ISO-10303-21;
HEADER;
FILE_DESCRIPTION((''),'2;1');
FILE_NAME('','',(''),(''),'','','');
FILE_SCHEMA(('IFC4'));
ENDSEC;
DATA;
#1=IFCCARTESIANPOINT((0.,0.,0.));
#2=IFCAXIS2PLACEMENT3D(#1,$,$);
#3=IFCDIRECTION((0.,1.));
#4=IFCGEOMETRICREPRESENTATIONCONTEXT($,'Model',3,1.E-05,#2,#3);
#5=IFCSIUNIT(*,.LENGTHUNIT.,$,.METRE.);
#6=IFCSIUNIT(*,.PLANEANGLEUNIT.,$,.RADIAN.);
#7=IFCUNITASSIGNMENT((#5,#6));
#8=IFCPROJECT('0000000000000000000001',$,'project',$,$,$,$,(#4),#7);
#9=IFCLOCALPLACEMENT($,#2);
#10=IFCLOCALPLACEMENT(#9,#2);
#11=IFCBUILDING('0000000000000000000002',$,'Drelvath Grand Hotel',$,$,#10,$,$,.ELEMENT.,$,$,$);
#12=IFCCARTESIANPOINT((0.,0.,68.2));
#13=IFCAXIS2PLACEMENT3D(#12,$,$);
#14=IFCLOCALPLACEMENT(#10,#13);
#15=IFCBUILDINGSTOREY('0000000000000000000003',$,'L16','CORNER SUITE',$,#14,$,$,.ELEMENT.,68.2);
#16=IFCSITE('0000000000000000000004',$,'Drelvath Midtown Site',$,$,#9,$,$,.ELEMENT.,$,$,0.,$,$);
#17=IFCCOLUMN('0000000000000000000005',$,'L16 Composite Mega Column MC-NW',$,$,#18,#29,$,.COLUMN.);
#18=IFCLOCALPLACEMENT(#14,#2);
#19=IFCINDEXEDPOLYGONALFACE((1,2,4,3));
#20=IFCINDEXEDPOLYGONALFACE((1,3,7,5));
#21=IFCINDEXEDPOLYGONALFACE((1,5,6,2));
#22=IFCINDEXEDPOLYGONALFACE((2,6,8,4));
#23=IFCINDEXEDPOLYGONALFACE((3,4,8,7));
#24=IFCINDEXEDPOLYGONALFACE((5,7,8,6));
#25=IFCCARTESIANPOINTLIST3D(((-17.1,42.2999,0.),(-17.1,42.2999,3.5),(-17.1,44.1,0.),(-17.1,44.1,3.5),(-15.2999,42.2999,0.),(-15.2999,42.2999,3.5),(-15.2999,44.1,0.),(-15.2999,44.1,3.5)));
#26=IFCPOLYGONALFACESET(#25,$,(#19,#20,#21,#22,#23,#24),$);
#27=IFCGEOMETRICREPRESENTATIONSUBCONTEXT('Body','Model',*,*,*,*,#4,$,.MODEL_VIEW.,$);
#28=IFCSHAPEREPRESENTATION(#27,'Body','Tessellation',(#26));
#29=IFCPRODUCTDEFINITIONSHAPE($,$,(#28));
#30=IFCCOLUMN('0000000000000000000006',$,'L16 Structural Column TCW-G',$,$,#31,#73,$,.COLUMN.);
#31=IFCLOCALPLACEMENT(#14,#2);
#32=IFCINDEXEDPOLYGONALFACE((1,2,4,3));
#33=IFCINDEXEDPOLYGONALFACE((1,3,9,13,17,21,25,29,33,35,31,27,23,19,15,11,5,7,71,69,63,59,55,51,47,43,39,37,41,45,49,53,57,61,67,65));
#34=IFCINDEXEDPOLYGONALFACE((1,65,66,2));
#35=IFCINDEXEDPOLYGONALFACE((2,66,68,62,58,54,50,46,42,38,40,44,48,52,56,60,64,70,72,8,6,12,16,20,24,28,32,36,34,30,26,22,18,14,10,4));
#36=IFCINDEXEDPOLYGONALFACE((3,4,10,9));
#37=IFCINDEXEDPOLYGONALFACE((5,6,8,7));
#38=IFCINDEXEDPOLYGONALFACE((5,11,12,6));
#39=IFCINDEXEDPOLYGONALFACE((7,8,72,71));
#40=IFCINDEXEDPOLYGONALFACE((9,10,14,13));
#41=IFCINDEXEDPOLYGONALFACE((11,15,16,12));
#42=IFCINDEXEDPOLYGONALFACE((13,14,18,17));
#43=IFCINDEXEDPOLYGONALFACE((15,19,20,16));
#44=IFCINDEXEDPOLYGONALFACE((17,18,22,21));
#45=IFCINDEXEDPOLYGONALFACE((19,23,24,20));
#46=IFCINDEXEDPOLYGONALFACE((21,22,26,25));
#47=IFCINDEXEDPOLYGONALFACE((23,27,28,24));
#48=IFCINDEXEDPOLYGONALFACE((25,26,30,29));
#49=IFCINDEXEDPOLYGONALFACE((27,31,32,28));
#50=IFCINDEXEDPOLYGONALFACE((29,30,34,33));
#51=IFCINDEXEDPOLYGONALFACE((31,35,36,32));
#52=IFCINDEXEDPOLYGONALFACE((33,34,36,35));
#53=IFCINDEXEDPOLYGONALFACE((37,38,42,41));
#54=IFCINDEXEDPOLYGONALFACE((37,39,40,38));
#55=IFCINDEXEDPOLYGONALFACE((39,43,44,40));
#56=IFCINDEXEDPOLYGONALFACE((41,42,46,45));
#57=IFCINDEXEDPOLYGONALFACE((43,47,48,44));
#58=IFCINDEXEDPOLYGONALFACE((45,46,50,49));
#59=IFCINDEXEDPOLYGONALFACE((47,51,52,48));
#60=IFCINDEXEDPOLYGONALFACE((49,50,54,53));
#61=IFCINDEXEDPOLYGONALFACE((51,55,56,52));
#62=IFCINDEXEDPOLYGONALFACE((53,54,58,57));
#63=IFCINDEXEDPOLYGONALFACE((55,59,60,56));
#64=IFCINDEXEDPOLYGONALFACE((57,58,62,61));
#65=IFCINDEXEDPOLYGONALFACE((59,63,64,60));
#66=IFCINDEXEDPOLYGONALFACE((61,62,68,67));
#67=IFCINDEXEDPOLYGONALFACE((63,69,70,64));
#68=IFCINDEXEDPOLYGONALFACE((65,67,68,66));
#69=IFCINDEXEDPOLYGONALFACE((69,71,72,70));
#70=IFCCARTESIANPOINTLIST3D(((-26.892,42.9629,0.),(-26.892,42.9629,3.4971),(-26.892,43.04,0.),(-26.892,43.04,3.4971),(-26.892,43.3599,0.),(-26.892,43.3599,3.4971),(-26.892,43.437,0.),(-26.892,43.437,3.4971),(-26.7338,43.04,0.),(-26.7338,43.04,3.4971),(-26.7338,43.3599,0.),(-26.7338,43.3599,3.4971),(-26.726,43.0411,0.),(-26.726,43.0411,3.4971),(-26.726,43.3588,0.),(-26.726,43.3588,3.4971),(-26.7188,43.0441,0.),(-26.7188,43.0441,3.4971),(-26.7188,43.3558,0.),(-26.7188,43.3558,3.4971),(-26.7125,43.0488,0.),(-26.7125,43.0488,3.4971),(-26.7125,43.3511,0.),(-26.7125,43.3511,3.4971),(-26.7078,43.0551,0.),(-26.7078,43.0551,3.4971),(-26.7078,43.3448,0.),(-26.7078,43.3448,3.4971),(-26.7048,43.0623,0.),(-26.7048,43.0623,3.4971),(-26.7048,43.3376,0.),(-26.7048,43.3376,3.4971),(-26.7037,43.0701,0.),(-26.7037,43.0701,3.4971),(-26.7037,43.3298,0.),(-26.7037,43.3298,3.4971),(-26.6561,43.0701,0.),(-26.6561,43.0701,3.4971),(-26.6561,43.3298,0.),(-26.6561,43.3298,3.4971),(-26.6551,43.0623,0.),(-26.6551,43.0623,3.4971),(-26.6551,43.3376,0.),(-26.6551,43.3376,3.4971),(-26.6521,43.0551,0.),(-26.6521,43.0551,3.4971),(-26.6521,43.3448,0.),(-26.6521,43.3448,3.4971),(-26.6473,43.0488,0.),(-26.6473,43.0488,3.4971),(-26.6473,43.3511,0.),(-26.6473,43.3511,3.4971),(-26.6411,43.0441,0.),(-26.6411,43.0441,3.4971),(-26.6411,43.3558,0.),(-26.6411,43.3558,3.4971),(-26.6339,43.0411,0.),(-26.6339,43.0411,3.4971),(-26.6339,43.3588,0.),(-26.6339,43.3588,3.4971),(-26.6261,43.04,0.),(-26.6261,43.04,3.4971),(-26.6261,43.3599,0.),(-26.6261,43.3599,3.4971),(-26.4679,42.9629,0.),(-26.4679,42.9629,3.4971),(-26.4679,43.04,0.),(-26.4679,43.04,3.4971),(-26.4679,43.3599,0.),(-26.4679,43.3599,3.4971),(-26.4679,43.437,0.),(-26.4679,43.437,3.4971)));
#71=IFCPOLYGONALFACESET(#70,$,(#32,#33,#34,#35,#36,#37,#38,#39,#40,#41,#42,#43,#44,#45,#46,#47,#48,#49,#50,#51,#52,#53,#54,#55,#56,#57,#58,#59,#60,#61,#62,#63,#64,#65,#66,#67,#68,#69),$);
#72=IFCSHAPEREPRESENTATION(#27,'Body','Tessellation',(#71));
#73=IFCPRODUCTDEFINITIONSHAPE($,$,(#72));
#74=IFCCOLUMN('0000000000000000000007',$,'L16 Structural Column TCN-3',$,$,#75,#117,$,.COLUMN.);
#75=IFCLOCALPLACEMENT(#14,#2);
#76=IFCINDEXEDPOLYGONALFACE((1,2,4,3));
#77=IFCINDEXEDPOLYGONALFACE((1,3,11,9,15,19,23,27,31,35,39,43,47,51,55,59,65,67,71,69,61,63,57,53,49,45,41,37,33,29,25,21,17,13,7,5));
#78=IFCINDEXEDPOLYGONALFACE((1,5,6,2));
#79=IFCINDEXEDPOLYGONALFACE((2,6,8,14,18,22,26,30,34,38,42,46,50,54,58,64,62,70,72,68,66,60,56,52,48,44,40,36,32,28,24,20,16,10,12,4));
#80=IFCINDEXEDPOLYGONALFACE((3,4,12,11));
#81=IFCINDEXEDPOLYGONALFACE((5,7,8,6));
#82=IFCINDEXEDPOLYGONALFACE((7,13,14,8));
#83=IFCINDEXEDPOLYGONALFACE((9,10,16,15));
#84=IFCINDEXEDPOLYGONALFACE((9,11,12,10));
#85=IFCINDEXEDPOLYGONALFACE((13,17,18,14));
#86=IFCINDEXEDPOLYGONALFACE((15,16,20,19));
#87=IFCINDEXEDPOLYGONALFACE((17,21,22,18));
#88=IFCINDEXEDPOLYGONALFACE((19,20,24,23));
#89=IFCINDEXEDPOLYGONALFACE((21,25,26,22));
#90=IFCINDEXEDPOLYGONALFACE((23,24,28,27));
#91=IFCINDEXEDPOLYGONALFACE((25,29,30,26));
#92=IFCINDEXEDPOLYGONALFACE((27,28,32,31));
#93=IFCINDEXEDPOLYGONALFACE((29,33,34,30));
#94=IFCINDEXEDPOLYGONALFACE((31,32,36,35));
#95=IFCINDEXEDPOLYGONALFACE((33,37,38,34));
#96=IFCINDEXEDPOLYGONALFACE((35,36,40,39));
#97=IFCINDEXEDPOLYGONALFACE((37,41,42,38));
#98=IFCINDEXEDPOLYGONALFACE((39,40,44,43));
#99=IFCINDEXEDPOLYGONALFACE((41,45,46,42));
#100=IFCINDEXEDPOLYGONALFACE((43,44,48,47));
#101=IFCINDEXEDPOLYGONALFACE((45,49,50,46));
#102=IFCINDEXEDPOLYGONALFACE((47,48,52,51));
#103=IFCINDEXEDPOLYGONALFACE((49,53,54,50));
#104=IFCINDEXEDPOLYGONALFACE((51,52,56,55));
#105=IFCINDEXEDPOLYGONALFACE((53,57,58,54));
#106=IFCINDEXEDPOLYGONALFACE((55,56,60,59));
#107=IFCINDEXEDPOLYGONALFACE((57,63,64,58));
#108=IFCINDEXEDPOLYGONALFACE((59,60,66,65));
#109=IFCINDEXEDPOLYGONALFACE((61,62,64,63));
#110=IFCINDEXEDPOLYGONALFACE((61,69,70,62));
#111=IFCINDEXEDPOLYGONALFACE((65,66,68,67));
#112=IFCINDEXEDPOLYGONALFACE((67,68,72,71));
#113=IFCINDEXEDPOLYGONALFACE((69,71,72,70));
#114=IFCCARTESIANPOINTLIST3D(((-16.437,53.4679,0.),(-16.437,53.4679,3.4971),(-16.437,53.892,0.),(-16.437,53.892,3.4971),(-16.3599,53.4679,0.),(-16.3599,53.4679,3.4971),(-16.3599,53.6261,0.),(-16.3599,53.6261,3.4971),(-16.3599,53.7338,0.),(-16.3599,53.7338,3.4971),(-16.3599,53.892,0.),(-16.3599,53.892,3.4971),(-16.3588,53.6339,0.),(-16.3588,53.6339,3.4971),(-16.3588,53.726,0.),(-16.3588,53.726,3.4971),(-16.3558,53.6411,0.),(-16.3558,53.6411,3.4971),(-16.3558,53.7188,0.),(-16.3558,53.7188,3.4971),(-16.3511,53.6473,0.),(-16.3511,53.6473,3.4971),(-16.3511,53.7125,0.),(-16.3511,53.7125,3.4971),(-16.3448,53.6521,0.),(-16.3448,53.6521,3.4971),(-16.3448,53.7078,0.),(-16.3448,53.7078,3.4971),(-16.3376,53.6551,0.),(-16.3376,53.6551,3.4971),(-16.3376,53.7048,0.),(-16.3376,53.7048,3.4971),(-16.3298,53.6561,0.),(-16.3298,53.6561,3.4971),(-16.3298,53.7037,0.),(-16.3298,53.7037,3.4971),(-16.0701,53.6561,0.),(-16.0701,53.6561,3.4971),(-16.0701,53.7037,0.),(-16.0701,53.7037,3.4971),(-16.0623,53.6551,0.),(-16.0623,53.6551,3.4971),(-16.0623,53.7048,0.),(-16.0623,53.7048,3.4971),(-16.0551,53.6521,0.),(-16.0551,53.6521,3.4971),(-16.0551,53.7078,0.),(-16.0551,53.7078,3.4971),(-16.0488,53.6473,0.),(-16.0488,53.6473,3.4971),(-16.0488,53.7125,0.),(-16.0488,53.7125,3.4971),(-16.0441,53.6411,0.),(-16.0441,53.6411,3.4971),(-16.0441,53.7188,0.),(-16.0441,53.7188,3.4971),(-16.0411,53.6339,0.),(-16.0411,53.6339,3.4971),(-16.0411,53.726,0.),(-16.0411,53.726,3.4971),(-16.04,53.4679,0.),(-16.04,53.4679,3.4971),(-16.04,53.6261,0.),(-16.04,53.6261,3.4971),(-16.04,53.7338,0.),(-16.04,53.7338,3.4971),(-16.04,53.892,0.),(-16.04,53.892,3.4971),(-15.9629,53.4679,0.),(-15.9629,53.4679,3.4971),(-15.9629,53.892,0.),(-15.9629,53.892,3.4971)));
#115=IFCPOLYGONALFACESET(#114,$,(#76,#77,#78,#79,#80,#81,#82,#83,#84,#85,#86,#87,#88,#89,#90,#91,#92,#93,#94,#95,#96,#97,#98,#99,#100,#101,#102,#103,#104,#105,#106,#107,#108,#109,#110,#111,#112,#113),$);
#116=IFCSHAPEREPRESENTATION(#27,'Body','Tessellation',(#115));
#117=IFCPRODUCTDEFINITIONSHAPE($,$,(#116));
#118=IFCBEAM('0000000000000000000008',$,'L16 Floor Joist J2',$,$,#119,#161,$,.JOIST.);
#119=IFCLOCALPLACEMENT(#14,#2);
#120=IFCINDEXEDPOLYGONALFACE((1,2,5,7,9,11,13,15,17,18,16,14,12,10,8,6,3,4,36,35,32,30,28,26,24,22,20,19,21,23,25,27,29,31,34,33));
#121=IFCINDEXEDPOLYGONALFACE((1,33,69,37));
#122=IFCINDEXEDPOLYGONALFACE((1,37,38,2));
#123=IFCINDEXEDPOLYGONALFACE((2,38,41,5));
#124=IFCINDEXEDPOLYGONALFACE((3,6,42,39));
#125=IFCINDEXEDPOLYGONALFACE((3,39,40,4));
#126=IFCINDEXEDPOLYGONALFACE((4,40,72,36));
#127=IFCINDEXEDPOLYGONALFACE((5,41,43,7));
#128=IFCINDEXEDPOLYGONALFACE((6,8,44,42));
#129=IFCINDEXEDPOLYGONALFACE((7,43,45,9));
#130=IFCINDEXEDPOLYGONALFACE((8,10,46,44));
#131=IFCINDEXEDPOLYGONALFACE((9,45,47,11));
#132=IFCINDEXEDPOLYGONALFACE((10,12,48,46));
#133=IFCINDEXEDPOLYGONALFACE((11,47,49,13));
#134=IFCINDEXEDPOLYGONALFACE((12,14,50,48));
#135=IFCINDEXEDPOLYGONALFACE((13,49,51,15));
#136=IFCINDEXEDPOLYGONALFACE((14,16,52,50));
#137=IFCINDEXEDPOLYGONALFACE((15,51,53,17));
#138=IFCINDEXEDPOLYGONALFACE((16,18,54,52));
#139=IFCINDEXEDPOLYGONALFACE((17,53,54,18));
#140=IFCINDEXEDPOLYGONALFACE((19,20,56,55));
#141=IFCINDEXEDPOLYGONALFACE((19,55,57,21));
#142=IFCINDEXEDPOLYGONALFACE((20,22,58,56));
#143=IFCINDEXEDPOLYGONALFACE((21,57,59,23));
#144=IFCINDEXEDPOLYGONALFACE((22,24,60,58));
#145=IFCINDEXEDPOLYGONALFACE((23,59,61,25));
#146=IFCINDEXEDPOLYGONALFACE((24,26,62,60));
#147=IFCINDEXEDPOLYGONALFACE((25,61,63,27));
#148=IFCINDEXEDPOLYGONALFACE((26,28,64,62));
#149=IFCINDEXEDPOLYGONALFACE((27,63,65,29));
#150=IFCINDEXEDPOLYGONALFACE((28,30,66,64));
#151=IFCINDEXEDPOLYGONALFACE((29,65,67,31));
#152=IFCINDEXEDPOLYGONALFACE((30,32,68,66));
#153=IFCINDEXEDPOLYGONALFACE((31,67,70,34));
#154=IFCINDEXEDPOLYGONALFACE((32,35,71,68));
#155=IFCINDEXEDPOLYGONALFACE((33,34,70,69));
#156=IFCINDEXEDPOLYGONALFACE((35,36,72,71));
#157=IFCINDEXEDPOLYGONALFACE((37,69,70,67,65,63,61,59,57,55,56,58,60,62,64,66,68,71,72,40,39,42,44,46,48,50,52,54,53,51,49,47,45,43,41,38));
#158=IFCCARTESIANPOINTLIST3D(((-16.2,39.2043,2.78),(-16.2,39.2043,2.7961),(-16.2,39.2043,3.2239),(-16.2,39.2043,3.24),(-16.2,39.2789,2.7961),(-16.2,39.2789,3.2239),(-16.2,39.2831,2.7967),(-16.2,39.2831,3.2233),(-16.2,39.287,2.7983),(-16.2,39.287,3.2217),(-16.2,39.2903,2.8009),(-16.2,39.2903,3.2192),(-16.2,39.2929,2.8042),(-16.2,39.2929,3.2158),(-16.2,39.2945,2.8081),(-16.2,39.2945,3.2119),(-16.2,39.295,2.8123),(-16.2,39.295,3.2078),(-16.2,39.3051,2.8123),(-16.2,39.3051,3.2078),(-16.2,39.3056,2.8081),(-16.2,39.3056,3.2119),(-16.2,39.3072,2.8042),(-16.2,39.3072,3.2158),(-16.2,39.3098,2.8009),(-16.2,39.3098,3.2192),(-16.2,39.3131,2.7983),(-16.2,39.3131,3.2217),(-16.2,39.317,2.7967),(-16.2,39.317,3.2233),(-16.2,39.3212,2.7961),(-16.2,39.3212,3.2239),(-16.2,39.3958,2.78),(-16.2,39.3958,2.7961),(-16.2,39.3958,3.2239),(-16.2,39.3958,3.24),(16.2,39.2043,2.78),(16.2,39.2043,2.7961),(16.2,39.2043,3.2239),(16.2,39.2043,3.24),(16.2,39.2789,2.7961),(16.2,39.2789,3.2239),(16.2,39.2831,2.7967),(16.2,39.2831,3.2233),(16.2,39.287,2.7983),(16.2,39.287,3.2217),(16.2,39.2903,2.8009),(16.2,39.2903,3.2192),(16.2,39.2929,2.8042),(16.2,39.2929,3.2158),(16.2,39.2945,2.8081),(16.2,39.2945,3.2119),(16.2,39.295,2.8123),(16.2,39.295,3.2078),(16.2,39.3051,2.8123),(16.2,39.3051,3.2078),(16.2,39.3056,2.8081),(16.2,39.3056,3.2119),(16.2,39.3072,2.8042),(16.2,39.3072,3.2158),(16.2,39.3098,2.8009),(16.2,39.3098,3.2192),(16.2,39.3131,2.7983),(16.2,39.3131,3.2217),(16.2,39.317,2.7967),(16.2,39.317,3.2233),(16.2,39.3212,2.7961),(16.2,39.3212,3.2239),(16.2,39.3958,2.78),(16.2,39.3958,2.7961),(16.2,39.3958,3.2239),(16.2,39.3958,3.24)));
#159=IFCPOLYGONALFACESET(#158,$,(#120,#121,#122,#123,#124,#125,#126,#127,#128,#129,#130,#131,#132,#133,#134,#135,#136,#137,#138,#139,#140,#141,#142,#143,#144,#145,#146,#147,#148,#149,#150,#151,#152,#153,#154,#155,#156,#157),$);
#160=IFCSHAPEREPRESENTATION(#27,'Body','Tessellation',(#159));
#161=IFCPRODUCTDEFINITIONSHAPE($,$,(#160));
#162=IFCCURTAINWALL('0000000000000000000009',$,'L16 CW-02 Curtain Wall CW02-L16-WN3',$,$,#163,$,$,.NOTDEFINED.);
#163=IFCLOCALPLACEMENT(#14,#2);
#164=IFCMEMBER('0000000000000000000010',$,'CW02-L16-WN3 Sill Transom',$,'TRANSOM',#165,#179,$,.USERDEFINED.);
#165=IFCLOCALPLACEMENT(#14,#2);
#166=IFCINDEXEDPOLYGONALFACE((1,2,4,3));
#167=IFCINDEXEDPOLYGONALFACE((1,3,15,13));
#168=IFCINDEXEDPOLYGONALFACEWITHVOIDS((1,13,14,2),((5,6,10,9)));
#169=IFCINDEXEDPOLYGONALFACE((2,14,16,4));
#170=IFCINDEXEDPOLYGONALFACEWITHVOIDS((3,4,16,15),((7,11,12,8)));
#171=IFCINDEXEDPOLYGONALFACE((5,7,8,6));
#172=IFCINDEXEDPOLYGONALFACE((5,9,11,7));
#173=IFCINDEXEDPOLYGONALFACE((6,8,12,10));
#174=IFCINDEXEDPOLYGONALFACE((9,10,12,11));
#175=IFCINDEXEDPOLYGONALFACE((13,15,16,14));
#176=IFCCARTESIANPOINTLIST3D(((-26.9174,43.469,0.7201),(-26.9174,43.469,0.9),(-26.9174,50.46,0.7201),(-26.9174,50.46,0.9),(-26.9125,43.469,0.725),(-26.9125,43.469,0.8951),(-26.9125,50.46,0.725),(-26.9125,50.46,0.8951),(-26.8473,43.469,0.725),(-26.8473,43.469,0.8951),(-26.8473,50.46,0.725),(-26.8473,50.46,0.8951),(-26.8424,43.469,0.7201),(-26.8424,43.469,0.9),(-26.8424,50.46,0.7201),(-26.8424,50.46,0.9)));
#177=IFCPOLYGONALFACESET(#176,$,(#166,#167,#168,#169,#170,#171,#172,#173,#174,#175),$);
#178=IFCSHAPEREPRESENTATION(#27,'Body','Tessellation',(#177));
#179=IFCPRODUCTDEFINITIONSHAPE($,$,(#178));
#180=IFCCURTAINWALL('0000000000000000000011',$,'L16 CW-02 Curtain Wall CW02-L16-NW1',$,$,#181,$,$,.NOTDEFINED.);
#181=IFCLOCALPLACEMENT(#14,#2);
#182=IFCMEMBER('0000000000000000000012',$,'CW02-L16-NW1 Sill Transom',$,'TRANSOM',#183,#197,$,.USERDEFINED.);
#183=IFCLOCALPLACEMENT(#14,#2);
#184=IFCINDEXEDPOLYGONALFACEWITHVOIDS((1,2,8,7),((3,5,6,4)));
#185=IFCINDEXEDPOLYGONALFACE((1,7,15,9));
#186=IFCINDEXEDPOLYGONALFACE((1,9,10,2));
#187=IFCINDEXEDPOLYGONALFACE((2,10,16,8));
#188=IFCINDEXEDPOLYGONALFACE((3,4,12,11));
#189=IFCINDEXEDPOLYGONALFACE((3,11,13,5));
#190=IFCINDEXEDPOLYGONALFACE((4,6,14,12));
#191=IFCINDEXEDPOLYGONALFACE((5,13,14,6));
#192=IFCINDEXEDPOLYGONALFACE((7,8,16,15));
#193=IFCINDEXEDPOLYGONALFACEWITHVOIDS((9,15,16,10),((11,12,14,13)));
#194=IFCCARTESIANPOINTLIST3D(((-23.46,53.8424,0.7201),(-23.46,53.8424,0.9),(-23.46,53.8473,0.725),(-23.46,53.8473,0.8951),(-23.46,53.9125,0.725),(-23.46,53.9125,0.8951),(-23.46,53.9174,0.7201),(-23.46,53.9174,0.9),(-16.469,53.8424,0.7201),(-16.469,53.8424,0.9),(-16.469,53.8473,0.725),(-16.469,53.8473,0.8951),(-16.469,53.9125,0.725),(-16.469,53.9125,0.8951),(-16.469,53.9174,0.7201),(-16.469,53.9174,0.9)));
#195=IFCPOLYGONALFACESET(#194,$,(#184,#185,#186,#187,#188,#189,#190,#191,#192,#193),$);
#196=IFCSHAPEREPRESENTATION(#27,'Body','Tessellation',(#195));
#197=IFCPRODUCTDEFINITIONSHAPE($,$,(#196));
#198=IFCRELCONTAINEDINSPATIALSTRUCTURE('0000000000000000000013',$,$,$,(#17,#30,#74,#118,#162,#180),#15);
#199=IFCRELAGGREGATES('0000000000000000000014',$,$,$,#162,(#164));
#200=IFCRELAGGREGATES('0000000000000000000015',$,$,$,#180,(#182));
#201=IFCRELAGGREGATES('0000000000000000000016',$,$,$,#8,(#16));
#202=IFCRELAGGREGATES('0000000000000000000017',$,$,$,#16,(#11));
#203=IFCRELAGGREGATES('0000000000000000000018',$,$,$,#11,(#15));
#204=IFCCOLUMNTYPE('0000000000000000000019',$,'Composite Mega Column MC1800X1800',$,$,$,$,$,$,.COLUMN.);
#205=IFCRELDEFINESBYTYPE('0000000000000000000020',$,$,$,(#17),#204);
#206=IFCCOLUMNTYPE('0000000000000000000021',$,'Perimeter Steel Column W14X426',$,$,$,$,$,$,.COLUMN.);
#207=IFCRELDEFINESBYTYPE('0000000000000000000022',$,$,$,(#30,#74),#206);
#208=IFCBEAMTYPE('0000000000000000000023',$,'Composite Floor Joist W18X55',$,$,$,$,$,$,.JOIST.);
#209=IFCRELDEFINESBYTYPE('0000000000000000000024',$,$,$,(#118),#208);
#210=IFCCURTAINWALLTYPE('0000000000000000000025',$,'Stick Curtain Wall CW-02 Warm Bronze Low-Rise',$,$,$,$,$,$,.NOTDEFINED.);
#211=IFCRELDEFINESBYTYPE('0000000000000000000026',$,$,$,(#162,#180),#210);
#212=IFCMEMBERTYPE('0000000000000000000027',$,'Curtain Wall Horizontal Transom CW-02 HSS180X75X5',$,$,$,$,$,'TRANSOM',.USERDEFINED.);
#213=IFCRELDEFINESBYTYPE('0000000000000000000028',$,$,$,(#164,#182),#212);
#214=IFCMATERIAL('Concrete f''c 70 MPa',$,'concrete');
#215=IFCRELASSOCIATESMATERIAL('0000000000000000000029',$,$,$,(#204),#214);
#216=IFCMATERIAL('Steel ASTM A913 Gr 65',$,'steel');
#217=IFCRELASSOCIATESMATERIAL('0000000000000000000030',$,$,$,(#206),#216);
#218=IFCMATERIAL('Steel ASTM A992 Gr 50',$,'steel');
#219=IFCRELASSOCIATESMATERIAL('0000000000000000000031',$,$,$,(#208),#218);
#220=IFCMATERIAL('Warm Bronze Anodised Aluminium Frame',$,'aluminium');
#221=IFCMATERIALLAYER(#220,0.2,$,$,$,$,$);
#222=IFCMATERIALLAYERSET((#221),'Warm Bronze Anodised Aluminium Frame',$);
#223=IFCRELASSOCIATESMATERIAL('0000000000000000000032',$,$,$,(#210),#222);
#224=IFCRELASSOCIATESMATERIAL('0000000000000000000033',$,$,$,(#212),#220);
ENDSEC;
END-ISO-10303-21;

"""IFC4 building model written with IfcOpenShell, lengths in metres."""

from ifc_helpers import new_model, si_unit, direction, frame, origin, origin_2d, place, context, subcontext, project, spatial, rectangle, hollow_rectangle, i_section, extrude, material, layer, layer_set, material_profile, profile_set, type_object, element, aggregate, save


model = new_model("IFC4")

# Units and contexts
model_context = context("Model", 3, precision=1e-05, world=origin(), true_north=direction((0.0, 1.0)))
body_context = subcontext(model_context, "Body", "Model", "MODEL_VIEW")
ifc_project = project(units=[si_unit("LENGTHUNIT", "METRE"), si_unit("PLANEANGLEUNIT", "RADIAN")], contexts=[model_context])

# Site, building, storey
site_placement = place(None, origin())
site = spatial("IfcSite", under=ifc_project, at=site_placement, Name="Drelvath Midtown Site", CompositionType="ELEMENT", RefElevation=0.0)
building_placement = place(site_placement, origin())
building = spatial("IfcBuilding", under=site, at=building_placement, Name="Drelvath Grand Hotel", CompositionType="ELEMENT")
storey_placement = place(building_placement, frame((0.0, 0.0, 68.2)))
storey = spatial("IfcBuildingStorey", under=building, at=storey_placement, Name="L16", Description="CORNER SUITE", CompositionType="ELEMENT", Elevation=68.2)

# Columns
ifc_material_1 = material(Name="Concrete f'c 70 MPa", Category="concrete")
ifc_material_profile_1 = material_profile(ifc_material_1, rectangle(XDim=1.8, YDim=1.8, at=origin_2d()), Name="MC1800X1800")
ifc_profile_set_1 = profile_set([ifc_material_profile_1], Name="Concrete f'c 70 MPa")
column_type_1 = type_object("IfcColumnType", Name="Composite Mega Column MC1800X1800", PredefinedType="COLUMN", material=ifc_profile_set_1)
column_placement = place(storey_placement, frame((-16.2, 43.2, 0.0), z_axis=(0.0, 0.0, 1.0), x_axis=(1.0, 0.0, 0.0)))
element("IfcColumn", 1, at=column_placement, inside=storey, type_object=column_type_1, Name="L16 Composite Mega Column MC-NW", PredefinedType="COLUMN", context=body_context, shape_type="SweptSolid", body=[
    extrude(rectangle(XDim=1.8, YDim=1.8, at=origin_2d()), origin(), (0.0, 0.0, 1.0), 3.5),
])
ifc_material_2 = material(Name="Steel ASTM A913 Gr 65", Category="steel")
ifc_material_profile_2 = material_profile(ifc_material_2, i_section(OverallWidth=0.4241, OverallDepth=0.4741, WebThickness=0.0476, FlangeThickness=0.0771, FilletRadius=0.03, at=origin_2d()), Name="W14X426")
ifc_profile_set_2 = profile_set([ifc_material_profile_2], Name="Steel ASTM A913 Gr 65")
column_type_2 = type_object("IfcColumnType", Name="Perimeter Steel Column W14X426", PredefinedType="COLUMN", material=ifc_profile_set_2)
for number, where, z_axis, x_axis, name in (
    (2, (-26.6799, 43.2, 0.0), (0.0, 0.0, 1.0), (1.0, 0.0, 0.0), "L16 Structural Column TCW-G"),
    (3, (-16.2, 53.6799, 0.0), (0.0, 0.0, 1.0), (0.0, 1.0, 0.0), "L16 Structural Column TCN-3"),
):
    element("IfcColumn", number, at=place(storey_placement, frame(where, z_axis=z_axis, x_axis=x_axis)), inside=storey, type_object=column_type_2, Name=name, PredefinedType="COLUMN", context=body_context, shape_type="SweptSolid", body=[
        extrude(i_section(OverallWidth=0.4241, OverallDepth=0.4741, WebThickness=0.0476, FlangeThickness=0.0771, FilletRadius=0.03, at=origin_2d()), origin(), (0.0, 0.0, 1.0), 3.4971),
    ])

# Beam
ifc_material_3 = material(Name="Steel ASTM A992 Gr 50", Category="steel")
ifc_material_profile_3 = material_profile(ifc_material_3, i_section(OverallWidth=0.1914, OverallDepth=0.46, WebThickness=0.01, FlangeThickness=0.0161, FilletRadius=0.0161, at=origin_2d()), Name="W18X55")
ifc_profile_set_3 = profile_set([ifc_material_profile_3], Name="Steel ASTM A992 Gr 50")
beam_type_1 = type_object("IfcBeamType", Name="Composite Floor Joist W18X55", PredefinedType="JOIST", material=ifc_profile_set_3)
beam_1_placement = place(storey_placement, frame((-16.2, 39.3, 3.01), z_axis=(1.0, 0.0, 0.0), x_axis=(0.0, 1.0, 0.0)))
element("IfcBeam", 4, at=beam_1_placement, inside=storey, type_object=beam_type_1, Name="L16 Floor Joist J2", PredefinedType="JOIST", context=body_context, shape_type="SweptSolid", body=[
    extrude(i_section(OverallWidth=0.1914, OverallDepth=0.46, WebThickness=0.01, FlangeThickness=0.0161, FilletRadius=0.0161, at=origin_2d()), origin(), (0.0, 0.0, 1.0), 32.3999),
])

# Curtain walls, members
ifc_material_4 = material(Name="Warm Bronze Anodised Aluminium Frame", Category="aluminium")
ifc_layer_1 = layer(ifc_material_4, 0.2)
ifc_layer_set_1 = layer_set([ifc_layer_1], Name="Warm Bronze Anodised Aluminium Frame")
curtain_wall_type = type_object("IfcCurtainWallType", Name="Stick Curtain Wall CW-02 Warm Bronze Low-Rise", PredefinedType="NOTDEFINED", material=ifc_layer_set_1)
curtain_wall_1_placement = place(storey_placement, origin())
curtain_wall_1 = element("IfcCurtainWall", 5, at=curtain_wall_1_placement, inside=storey, type_object=curtain_wall_type, Name="L16 CW-02 Curtain Wall CW02-L16-WN3", PredefinedType="NOTDEFINED")
ifc_material_profile_4 = material_profile(ifc_material_4, hollow_rectangle(XDim=0.075, YDim=0.1799, WallThickness=0.0049, at=origin_2d()), Name="HSS180X75X5")
ifc_profile_set_4 = profile_set([ifc_material_profile_4], Name="Warm Bronze Anodised Aluminium Frame")
member_type_1 = type_object("IfcMemberType", Name="Curtain Wall Horizontal Transom CW-02 HSS180X75X5", ElementType="TRANSOM", PredefinedType="USERDEFINED", material=ifc_profile_set_4)
member_1_placement = place(storey_placement, frame((-26.8799, 43.469, 0.8101), z_axis=(0.0, 1.0, 0.0), x_axis=(-1.0, 0.0, 0.0)))
member_1 = element("IfcMember", 6, at=member_1_placement, type_object=member_type_1, Name="CW02-L16-WN3 Sill Transom", ObjectType="TRANSOM", PredefinedType="USERDEFINED", context=body_context, shape_type="SweptSolid", body=[
    extrude(hollow_rectangle(XDim=0.075, YDim=0.1799, WallThickness=0.0049, at=origin_2d()), origin(), (0.0, 0.0, 1.0), 6.991),
])
curtain_wall_2_placement = place(storey_placement, origin())
curtain_wall_2 = element("IfcCurtainWall", 7, at=curtain_wall_2_placement, inside=storey, type_object=curtain_wall_type, Name="L16 CW-02 Curtain Wall CW02-L16-NW1", PredefinedType="NOTDEFINED")
member_2_placement = place(storey_placement, frame((-23.46, 53.8799, 0.8101), z_axis=(1.0, 0.0, 0.0), x_axis=(0.0, 1.0, 0.0)))
member_2 = element("IfcMember", 8, at=member_2_placement, type_object=member_type_1, Name="CW02-L16-NW1 Sill Transom", ObjectType="TRANSOM", PredefinedType="USERDEFINED", context=body_context, shape_type="SweptSolid", body=[
    extrude(hollow_rectangle(XDim=0.075, YDim=0.1799, WallThickness=0.0049, at=origin_2d()), origin(), (0.0, 0.0, 1.0), 6.991),
])

aggregate(curtain_wall_1, [member_1])
aggregate(curtain_wall_2, [member_2])

save(model, "model.ifc")
